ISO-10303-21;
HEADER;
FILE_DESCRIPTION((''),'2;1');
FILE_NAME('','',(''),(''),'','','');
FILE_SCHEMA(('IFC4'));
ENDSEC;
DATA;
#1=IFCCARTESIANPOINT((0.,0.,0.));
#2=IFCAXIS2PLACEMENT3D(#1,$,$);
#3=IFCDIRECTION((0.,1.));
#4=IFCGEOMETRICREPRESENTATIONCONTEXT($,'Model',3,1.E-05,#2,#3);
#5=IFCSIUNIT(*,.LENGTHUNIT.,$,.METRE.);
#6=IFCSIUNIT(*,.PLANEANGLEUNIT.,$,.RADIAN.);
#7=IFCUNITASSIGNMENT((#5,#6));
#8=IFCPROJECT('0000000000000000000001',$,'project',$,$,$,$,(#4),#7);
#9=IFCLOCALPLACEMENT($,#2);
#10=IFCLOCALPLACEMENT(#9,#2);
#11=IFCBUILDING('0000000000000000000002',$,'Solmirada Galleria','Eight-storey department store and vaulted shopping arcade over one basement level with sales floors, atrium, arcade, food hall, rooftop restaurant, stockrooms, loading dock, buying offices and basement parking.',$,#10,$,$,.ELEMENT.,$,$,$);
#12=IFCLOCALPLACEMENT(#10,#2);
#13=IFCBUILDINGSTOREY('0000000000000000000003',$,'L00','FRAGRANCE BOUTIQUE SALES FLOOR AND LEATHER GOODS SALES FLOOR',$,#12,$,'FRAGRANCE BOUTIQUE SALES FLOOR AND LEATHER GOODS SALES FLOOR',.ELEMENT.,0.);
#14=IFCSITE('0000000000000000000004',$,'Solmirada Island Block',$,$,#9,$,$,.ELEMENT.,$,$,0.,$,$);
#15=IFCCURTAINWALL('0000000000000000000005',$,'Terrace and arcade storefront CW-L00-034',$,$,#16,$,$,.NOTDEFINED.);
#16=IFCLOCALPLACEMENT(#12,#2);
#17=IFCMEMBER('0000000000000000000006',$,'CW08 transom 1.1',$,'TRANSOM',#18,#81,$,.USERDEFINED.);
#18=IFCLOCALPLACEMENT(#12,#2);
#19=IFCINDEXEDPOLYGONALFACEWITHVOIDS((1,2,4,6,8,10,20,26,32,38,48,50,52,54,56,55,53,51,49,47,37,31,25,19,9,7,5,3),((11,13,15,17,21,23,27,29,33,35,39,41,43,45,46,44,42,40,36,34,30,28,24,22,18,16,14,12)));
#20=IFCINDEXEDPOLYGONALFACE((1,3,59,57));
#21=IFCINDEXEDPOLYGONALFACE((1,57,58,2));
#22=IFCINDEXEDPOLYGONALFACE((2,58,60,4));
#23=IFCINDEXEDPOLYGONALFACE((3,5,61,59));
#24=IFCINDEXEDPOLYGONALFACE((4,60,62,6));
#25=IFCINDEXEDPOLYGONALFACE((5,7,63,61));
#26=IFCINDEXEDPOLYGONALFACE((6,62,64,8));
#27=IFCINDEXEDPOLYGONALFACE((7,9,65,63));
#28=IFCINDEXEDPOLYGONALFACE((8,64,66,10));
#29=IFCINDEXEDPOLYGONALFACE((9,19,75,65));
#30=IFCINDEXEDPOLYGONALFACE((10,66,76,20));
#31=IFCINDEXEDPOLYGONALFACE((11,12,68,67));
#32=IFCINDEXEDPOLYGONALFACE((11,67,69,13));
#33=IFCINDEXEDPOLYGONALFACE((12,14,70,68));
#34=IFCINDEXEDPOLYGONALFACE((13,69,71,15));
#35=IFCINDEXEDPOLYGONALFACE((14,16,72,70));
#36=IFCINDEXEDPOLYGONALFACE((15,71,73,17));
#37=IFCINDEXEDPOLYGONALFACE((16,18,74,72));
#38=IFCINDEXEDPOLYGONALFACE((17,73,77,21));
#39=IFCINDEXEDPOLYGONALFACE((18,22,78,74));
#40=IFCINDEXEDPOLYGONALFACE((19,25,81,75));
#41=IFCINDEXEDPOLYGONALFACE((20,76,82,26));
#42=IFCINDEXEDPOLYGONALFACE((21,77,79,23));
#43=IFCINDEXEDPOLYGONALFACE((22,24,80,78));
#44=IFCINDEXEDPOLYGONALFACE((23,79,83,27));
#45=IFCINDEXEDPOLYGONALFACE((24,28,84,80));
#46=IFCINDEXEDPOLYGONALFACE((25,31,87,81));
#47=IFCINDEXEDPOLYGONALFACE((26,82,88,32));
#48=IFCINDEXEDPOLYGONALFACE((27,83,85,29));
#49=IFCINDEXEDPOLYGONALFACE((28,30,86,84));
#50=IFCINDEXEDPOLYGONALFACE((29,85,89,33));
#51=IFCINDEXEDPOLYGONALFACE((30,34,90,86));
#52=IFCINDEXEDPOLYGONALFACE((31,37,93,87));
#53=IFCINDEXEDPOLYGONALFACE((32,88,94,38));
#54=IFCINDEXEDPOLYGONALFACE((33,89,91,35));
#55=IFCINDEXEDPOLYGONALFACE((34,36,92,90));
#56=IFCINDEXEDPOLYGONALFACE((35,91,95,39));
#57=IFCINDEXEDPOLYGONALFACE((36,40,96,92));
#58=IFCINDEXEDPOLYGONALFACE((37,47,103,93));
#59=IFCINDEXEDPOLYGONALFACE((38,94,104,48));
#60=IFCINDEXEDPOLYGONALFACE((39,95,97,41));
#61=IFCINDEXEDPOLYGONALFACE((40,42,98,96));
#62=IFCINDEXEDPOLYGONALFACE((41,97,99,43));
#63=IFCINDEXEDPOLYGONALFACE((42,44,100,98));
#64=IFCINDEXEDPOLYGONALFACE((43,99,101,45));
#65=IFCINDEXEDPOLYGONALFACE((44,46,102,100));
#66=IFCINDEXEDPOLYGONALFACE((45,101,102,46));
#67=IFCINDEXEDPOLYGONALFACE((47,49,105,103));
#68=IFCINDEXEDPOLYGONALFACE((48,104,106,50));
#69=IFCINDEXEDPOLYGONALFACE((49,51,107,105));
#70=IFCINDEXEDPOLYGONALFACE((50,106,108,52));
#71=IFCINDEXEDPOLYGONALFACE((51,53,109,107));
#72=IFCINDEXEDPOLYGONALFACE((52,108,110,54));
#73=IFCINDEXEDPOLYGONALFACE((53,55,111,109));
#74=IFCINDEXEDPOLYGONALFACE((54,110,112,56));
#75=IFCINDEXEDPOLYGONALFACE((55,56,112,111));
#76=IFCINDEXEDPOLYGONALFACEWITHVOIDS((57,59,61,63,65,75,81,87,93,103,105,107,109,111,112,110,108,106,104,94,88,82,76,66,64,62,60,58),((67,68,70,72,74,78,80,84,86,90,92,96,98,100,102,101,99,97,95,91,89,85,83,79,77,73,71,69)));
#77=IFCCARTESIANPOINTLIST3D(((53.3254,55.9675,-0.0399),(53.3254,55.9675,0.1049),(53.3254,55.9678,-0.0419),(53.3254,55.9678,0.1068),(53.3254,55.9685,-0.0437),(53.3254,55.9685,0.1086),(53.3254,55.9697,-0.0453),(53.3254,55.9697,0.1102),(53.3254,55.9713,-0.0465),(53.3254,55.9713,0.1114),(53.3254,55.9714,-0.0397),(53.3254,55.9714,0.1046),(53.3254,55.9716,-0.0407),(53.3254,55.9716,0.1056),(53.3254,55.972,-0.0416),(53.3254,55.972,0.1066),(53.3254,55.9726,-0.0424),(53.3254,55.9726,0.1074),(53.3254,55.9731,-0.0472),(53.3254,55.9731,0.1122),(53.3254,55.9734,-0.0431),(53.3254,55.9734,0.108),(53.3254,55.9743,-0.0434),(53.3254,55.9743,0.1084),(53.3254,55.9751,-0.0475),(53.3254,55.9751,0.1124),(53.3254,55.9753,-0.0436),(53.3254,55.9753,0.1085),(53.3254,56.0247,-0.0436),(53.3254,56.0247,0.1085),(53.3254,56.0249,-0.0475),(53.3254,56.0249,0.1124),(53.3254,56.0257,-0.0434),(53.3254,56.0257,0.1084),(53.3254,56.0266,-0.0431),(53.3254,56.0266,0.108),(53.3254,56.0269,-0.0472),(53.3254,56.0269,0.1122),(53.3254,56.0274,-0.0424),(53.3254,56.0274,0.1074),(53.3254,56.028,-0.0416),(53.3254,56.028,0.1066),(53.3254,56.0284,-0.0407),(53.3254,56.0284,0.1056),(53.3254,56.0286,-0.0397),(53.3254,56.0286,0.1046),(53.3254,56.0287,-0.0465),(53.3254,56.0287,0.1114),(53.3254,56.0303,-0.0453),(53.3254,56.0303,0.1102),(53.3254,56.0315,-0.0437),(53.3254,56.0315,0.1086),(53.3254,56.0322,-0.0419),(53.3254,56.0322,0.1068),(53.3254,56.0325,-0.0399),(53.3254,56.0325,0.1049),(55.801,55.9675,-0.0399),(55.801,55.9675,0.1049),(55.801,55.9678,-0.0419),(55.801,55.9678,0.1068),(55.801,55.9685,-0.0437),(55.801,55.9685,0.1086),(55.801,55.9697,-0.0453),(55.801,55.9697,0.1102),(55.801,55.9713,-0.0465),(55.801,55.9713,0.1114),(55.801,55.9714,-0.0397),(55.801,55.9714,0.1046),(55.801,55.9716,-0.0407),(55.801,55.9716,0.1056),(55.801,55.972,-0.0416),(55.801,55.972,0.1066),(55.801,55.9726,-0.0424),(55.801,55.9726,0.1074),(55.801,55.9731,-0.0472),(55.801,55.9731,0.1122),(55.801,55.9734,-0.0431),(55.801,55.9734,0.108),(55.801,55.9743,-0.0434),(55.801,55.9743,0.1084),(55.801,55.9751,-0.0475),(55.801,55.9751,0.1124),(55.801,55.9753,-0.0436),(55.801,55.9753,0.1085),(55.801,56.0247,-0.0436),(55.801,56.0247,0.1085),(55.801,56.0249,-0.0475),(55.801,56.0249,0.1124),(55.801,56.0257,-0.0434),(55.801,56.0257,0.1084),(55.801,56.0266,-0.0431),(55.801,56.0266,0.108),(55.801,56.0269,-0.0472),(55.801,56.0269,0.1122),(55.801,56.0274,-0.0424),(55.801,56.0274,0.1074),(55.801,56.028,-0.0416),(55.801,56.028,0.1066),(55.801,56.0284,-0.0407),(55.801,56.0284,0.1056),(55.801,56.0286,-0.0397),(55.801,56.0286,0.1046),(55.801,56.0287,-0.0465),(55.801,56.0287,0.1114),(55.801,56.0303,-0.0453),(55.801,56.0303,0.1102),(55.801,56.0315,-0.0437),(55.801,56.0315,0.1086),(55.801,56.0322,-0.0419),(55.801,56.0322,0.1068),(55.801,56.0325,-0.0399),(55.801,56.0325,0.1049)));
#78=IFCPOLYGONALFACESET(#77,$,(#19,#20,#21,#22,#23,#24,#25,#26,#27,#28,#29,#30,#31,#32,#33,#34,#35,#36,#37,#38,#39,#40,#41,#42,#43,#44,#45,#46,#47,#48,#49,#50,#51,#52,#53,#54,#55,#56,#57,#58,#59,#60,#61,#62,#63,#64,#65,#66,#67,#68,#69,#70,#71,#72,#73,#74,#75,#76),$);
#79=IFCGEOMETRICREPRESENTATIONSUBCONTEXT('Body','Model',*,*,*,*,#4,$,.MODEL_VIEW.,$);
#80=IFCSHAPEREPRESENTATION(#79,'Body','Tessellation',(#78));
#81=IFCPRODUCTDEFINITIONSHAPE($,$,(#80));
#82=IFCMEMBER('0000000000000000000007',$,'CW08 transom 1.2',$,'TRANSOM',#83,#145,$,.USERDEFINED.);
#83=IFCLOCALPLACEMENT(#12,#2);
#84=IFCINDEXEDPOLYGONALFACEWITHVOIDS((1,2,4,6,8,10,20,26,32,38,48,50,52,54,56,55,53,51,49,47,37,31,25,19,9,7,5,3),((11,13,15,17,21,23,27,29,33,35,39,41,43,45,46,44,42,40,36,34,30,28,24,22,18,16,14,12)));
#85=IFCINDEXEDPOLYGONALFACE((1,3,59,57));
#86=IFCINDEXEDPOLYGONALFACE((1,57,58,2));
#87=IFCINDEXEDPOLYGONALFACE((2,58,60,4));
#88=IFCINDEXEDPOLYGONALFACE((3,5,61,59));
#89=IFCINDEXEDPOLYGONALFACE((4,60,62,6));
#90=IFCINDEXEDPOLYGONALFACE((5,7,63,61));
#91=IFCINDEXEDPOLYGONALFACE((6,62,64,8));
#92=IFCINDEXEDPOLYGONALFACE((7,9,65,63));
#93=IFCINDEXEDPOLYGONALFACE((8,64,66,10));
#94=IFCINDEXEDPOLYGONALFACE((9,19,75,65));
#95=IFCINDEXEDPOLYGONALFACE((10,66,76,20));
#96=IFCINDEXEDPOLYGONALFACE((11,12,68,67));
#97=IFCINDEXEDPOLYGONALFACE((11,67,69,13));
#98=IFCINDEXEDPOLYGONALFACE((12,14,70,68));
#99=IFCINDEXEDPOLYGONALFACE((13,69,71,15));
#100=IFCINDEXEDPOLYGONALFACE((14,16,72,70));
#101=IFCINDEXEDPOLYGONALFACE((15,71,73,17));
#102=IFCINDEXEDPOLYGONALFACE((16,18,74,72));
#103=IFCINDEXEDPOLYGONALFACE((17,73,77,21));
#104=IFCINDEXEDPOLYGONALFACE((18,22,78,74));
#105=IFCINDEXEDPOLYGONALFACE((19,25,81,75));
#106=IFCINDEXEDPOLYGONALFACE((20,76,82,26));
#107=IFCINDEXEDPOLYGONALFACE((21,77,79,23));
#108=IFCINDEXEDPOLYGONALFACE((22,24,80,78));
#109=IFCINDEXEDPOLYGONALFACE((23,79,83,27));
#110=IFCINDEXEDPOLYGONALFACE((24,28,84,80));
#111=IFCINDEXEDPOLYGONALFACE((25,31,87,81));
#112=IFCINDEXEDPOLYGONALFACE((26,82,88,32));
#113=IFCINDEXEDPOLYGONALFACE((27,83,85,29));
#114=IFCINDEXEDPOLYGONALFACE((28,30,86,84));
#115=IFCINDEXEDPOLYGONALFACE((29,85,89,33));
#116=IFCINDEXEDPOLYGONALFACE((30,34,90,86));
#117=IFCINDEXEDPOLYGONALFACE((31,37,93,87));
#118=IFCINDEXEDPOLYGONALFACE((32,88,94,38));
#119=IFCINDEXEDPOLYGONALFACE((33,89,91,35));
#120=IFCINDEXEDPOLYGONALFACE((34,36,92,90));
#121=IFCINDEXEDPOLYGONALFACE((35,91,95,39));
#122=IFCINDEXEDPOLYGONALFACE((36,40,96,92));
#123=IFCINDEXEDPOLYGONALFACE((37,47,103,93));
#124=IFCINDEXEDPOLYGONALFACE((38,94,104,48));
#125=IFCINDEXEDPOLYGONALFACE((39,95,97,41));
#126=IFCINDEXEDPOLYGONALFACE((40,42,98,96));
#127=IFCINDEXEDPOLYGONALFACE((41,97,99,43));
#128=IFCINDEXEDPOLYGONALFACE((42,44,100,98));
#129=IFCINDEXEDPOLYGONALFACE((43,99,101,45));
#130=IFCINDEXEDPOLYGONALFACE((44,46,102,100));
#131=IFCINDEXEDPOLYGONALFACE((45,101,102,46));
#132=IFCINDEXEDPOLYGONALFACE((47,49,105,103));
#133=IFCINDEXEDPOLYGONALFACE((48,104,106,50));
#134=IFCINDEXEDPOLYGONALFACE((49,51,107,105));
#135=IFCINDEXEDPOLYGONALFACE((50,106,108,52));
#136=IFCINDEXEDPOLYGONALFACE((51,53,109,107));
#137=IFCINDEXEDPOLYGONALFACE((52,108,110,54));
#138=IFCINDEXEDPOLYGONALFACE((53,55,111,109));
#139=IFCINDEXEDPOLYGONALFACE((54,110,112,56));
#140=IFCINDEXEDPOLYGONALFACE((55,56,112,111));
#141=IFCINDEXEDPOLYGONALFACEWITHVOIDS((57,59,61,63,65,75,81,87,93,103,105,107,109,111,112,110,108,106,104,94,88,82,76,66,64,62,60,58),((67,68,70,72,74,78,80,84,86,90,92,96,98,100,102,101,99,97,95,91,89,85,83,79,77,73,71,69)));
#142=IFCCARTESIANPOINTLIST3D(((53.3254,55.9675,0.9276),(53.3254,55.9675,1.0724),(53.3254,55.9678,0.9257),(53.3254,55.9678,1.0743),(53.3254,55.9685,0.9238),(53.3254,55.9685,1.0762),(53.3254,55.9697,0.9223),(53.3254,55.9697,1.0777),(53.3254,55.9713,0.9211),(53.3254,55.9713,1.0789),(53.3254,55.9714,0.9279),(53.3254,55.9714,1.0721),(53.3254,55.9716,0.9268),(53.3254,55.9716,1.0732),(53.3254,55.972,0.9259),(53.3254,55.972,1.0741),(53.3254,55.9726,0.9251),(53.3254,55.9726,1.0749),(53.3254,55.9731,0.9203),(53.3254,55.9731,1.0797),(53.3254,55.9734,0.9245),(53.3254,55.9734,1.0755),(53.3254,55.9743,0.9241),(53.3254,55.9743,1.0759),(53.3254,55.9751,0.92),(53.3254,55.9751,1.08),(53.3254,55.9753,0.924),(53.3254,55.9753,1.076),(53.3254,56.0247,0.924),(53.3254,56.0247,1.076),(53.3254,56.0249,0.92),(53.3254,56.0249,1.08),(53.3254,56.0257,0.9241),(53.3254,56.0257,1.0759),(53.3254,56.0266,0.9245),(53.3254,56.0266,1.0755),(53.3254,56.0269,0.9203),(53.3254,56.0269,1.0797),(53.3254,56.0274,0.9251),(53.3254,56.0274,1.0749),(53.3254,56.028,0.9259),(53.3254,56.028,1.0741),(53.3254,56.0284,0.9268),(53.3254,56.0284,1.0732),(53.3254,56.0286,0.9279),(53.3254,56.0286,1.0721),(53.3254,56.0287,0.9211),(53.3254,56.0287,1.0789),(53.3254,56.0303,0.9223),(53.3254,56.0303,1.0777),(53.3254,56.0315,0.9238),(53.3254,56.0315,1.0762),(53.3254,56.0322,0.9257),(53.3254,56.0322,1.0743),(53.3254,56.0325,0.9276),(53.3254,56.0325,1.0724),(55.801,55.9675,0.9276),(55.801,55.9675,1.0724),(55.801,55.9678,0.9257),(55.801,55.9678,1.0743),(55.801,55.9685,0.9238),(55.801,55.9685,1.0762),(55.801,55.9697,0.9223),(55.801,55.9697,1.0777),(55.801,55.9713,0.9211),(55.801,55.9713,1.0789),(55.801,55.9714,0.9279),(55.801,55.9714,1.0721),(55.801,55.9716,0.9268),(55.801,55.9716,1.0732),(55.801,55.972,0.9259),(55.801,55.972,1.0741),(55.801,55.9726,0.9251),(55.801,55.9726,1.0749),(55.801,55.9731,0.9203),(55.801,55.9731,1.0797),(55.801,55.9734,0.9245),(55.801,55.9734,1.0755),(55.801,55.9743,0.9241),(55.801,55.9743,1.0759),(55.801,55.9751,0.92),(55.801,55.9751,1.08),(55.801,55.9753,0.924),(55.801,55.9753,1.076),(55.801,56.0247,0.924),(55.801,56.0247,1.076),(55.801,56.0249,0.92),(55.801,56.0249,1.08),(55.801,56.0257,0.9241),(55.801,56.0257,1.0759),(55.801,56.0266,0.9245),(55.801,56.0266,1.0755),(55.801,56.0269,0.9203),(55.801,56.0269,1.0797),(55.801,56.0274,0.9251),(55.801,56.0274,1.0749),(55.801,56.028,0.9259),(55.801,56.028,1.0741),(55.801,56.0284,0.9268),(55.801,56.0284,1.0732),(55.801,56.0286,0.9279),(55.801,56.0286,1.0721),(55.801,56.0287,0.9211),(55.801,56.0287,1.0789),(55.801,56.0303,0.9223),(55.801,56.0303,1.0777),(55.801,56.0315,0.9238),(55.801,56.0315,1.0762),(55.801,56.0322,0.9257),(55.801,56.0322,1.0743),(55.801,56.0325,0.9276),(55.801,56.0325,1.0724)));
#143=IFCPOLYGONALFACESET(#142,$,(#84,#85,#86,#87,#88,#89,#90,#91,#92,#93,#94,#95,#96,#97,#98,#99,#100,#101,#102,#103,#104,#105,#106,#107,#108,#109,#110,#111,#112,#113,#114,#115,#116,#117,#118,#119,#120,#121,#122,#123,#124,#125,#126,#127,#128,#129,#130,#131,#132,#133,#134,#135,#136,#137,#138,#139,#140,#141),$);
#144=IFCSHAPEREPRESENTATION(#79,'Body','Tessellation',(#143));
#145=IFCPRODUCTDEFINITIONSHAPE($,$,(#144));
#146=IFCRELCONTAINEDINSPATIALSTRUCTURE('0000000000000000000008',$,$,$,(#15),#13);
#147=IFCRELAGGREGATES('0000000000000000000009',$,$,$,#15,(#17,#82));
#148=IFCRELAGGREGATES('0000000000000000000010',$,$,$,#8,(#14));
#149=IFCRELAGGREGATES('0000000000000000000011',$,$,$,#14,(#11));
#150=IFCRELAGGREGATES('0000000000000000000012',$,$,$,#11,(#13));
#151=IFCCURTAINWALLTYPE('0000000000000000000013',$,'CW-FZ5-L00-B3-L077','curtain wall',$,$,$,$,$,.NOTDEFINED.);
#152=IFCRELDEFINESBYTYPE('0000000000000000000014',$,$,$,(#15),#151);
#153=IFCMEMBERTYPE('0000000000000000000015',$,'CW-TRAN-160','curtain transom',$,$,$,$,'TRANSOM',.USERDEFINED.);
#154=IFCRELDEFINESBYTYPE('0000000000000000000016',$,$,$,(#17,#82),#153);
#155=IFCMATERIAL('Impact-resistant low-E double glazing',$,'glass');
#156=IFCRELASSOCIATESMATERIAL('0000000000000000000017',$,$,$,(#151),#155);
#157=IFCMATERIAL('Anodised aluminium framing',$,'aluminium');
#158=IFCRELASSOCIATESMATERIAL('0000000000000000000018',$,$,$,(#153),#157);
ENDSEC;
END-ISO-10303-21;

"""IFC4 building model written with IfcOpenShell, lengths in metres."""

from ifc_helpers import new_model, si_unit, direction, frame, origin, origin_2d, place, context, subcontext, project, spatial, hollow_rectangle, extrude, material, material_profile, profile_set, type_object, element, aggregate, save


model = new_model("IFC4")

# Units and contexts
model_context = context("Model", 3, precision=1e-05, world=origin(), true_north=direction((0.0, 1.0)))
body_context = subcontext(model_context, "Body", "Model", "MODEL_VIEW")
ifc_project = project(units=[si_unit("LENGTHUNIT", "METRE"), si_unit("PLANEANGLEUNIT", "RADIAN")], contexts=[model_context])

# Site, building, storey
site_placement = place(None, origin())
site = spatial("IfcSite", under=ifc_project, at=site_placement, Name="Solmirada Island Block", CompositionType="ELEMENT", RefElevation=0.0)
building_placement = place(site_placement, origin())
building = spatial("IfcBuilding", under=site, at=building_placement, Name="Solmirada Galleria", Description="Eight-storey department store and vaulted shopping arcade over one basement level with sales floors, atrium, arcade, food hall, rooftop restaurant, stockrooms, loading dock, buying offices and basement parking.", CompositionType="ELEMENT")
storey_placement = place(building_placement, origin())
storey = spatial("IfcBuildingStorey", under=building, at=storey_placement, Name="L00", Description="FRAGRANCE BOUTIQUE SALES FLOOR AND LEATHER GOODS SALES FLOOR", LongName="FRAGRANCE BOUTIQUE SALES FLOOR AND LEATHER GOODS SALES FLOOR", CompositionType="ELEMENT", Elevation=0.0)

# Curtain wall, members
ifc_material_1 = material(Name="Impact-resistant low-E double glazing", Category="glass")
curtain_wall_type = type_object("IfcCurtainWallType", Name="CW-FZ5-L00-B3-L077", Description="curtain wall", PredefinedType="NOTDEFINED", material=ifc_material_1)
curtain_wall_placement = place(storey_placement, origin())
curtain_wall = element("IfcCurtainWall", 1, at=curtain_wall_placement, inside=storey, type_object=curtain_wall_type, Name="Terrace and arcade storefront CW-L00-034", PredefinedType="NOTDEFINED")
ifc_material_2 = material(Name="Anodised aluminium framing", Category="aluminium")
ifc_material_profile_1 = material_profile(ifc_material_2, hollow_rectangle(XDim=0.0649, YDim=0.1599, WallThickness=0.0039, InnerFilletRadius=0.0039, OuterFilletRadius=0.0076, at=origin_2d()), Name="ALU-TRAN-160X65")
ifc_profile_set_1 = profile_set([ifc_material_profile_1], Name="Anodised aluminium framing")
member_type_1 = type_object("IfcMemberType", Name="CW-TRAN-160", Description="curtain transom", ElementType="TRANSOM", PredefinedType="USERDEFINED", material=ifc_profile_set_1)
member_1_placement = place(storey_placement, frame((55.801, 56.0, 0.0325), z_axis=(-1.0, 0.0, 0.0), x_axis=(0.0, -1.0, 0.0)))
member_1 = element("IfcMember", 2, at=member_1_placement, type_object=member_type_1, Name="CW08 transom 1.1", ObjectType="TRANSOM", PredefinedType="USERDEFINED", context=body_context, shape_type="SweptSolid", body=[
    extrude(hollow_rectangle(XDim=0.0649, YDim=0.1599, WallThickness=0.0039, InnerFilletRadius=0.0039, OuterFilletRadius=0.0076, at=origin_2d()), origin(), (0.0, 0.0, 1.0), 2.4756),
])
member_2_placement = place(storey_placement, frame((55.801, 56.0, 1.0), z_axis=(-1.0, 0.0, 0.0), x_axis=(0.0, -1.0, 0.0)))
member_2 = element("IfcMember", 3, at=member_2_placement, type_object=member_type_1, Name="CW08 transom 1.2", ObjectType="TRANSOM", PredefinedType="USERDEFINED", context=body_context, shape_type="SweptSolid", body=[
    extrude(hollow_rectangle(XDim=0.0649, YDim=0.1599, WallThickness=0.0039, InnerFilletRadius=0.0039, OuterFilletRadius=0.0076, at=origin_2d()), origin(), (0.0, 0.0, 1.0), 2.4756),
])
aggregate(curtain_wall, [member_1, member_2])

save(model, "model.ifc")
